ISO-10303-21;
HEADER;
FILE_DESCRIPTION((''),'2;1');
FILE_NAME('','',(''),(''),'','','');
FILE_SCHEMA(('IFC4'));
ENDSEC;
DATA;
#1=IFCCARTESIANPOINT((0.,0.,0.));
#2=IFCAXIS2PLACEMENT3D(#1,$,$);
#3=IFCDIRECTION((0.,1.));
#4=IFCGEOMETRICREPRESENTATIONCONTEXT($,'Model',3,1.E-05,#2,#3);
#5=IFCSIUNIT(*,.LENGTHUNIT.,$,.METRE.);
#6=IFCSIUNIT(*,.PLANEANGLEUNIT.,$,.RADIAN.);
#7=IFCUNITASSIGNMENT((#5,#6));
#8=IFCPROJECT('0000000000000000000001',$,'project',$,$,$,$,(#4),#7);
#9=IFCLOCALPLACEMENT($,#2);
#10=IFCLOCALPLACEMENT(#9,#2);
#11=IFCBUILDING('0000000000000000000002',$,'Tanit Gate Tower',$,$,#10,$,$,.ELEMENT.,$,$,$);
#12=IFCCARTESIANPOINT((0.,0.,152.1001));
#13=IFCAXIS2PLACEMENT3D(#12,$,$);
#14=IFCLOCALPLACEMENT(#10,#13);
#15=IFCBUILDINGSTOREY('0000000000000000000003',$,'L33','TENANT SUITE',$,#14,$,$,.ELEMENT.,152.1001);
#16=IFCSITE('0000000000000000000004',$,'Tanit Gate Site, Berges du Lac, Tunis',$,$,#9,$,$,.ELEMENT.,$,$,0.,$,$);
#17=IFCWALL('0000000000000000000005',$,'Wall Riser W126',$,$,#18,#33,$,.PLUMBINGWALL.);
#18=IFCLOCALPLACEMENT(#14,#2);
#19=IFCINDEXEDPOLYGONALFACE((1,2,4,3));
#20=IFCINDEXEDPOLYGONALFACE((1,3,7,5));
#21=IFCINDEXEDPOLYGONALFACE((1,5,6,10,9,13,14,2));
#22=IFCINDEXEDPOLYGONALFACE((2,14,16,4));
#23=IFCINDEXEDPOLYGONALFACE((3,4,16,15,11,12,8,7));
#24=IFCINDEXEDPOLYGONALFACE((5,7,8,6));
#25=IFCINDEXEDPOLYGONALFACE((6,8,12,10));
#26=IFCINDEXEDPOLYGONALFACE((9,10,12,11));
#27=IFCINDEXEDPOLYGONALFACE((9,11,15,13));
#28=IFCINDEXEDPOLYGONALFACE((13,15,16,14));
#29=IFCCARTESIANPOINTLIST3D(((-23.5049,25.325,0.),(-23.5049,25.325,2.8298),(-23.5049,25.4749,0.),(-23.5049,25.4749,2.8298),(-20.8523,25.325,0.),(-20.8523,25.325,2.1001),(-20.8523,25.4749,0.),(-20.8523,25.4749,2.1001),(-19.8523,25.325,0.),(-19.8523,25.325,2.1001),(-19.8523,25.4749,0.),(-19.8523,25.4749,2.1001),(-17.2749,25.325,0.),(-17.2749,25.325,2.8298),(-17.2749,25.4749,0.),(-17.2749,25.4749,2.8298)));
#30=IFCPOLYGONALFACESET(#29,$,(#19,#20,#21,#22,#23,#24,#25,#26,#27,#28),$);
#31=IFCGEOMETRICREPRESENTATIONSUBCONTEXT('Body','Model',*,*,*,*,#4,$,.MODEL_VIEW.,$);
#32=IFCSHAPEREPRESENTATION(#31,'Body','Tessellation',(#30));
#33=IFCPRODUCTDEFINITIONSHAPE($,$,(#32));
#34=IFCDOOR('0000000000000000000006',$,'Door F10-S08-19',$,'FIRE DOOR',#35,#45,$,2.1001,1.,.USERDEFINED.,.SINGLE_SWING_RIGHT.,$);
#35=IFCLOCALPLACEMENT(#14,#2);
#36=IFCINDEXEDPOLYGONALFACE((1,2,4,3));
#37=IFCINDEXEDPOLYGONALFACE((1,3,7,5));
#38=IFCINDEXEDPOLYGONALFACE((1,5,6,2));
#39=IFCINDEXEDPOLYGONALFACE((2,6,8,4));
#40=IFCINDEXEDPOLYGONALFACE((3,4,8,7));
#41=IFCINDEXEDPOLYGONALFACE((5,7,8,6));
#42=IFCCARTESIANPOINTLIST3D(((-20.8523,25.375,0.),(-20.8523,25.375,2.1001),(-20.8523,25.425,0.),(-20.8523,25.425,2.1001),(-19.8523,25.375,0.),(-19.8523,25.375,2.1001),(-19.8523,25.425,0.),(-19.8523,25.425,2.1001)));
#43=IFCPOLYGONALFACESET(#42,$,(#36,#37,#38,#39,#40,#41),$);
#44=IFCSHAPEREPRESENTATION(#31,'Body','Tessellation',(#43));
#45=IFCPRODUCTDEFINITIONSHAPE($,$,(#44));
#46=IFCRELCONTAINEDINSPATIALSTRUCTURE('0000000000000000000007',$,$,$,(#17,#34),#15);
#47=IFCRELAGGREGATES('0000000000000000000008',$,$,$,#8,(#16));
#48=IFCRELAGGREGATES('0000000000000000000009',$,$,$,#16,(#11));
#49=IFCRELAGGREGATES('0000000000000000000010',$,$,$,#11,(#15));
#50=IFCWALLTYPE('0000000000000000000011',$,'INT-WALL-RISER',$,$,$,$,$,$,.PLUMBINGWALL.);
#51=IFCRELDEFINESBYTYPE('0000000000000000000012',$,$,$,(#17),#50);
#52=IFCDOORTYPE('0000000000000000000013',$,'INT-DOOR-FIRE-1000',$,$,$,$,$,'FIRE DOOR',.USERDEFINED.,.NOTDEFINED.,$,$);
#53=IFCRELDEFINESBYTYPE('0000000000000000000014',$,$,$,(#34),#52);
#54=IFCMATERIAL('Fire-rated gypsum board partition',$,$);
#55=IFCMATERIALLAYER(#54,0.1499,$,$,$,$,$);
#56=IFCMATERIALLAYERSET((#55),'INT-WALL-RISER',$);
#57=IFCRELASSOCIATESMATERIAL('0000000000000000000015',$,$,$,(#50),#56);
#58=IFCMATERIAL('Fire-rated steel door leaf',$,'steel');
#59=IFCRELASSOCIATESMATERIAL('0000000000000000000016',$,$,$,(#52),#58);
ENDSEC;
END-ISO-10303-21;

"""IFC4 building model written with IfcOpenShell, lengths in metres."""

from ifc_helpers import new_model, si_unit, direction, frame, frame_2d, origin, place, context, subcontext, project, spatial, rectangle, extrude, material, layer, layer_set, type_object, element, fill, save


model = new_model("IFC4")

# Units and contexts
model_context = context("Model", 3, precision=1e-05, world=origin(), true_north=direction((0.0, 1.0)))
body_context = subcontext(model_context, "Body", "Model", "MODEL_VIEW")
ifc_project = project(units=[si_unit("LENGTHUNIT", "METRE"), si_unit("PLANEANGLEUNIT", "RADIAN")], contexts=[model_context])

# Site, building, storey
site_placement = place(None, origin())
site = spatial("IfcSite", under=ifc_project, at=site_placement, Name="Tanit Gate Site, Berges du Lac, Tunis", CompositionType="ELEMENT", RefElevation=0.0)
building_placement = place(site_placement, origin())
building = spatial("IfcBuilding", under=site, at=building_placement, Name="Tanit Gate Tower", CompositionType="ELEMENT")
storey_placement = place(building_placement, frame((0.0, 0.0, 152.1001)))
storey = spatial("IfcBuildingStorey", under=building, at=storey_placement, Name="L33", Description="TENANT SUITE", CompositionType="ELEMENT", Elevation=152.1001)

# Shared definitions
ifc_material_1 = material(Name="Fire-rated gypsum board partition")
ifc_layer_1 = layer(ifc_material_1, 0.1499)
ifc_layer_set_1 = layer_set([ifc_layer_1], Name="INT-WALL-RISER")
wall_type_1 = type_object("IfcWallType", Name="INT-WALL-RISER", PredefinedType="PLUMBINGWALL", material=ifc_layer_set_1)

# Wall, opening, door
wall_1_placement = place(storey_placement, frame((-17.2749, 25.3999, 0.0), z_axis=(0.0, 0.0, 1.0), x_axis=(-1.0, 0.0, 0.0)))
wall_1 = element("IfcWall", 1, at=wall_1_placement, inside=storey, type_object=wall_type_1, Name="Wall Riser W126", PredefinedType="PLUMBINGWALL", context=body_context, shape_type="SweptSolid", body=[
    extrude(rectangle(XDim=6.23, YDim=0.1499, at=frame_2d((3.115, 0.0))), origin(), (0.0, 0.0, 1.0), 2.8298),
])
opening_1_placement = place(wall_1_placement, frame((2.5774, 0.0, 0.0)))
opening_1 = element("IfcOpeningElement", 2, at=opening_1_placement, cuts=wall_1, PredefinedType="OPENING", context=body_context, shape_type="SweptSolid", body=[
    extrude(rectangle(XDim=1.0, YDim=2.1001, at=frame_2d((0.5, 1.05))), frame((0.0, 0.085, 0.0), z_axis=(0.0, -1.0, 0.0), x_axis=(1.0, 0.0, 0.0)), (0.0, 0.0, 1.0), 0.1699),
])
ifc_material_2 = material(Name="Fire-rated steel door leaf", Category="steel")
door_type_1 = type_object("IfcDoorType", Name="INT-DOOR-FIRE-1000", ElementType="FIRE DOOR", OperationType="NOTDEFINED", PredefinedType="USERDEFINED", material=ifc_material_2)
door_1_placement = place(opening_1_placement, origin())
door_1 = element("IfcDoor", 3, at=door_1_placement, inside=storey, type_object=door_type_1, Name="Door F10-S08-19", ObjectType="FIRE DOOR", OperationType="SINGLE_SWING_RIGHT", OverallHeight=2.1001, OverallWidth=1.0, PredefinedType="USERDEFINED", context=body_context, shape_type="SweptSolid", body=[
    extrude(rectangle(XDim=1.0, YDim=2.1001, at=frame_2d((0.5, 1.05))), frame((0.0, 0.0249, 0.0), z_axis=(0.0, -1.0, 0.0), x_axis=(1.0, 0.0, 0.0)), (0.0, 0.0, 1.0), 0.05),
])
fill(opening_1, door_1)

save(model, "model.ifc")
